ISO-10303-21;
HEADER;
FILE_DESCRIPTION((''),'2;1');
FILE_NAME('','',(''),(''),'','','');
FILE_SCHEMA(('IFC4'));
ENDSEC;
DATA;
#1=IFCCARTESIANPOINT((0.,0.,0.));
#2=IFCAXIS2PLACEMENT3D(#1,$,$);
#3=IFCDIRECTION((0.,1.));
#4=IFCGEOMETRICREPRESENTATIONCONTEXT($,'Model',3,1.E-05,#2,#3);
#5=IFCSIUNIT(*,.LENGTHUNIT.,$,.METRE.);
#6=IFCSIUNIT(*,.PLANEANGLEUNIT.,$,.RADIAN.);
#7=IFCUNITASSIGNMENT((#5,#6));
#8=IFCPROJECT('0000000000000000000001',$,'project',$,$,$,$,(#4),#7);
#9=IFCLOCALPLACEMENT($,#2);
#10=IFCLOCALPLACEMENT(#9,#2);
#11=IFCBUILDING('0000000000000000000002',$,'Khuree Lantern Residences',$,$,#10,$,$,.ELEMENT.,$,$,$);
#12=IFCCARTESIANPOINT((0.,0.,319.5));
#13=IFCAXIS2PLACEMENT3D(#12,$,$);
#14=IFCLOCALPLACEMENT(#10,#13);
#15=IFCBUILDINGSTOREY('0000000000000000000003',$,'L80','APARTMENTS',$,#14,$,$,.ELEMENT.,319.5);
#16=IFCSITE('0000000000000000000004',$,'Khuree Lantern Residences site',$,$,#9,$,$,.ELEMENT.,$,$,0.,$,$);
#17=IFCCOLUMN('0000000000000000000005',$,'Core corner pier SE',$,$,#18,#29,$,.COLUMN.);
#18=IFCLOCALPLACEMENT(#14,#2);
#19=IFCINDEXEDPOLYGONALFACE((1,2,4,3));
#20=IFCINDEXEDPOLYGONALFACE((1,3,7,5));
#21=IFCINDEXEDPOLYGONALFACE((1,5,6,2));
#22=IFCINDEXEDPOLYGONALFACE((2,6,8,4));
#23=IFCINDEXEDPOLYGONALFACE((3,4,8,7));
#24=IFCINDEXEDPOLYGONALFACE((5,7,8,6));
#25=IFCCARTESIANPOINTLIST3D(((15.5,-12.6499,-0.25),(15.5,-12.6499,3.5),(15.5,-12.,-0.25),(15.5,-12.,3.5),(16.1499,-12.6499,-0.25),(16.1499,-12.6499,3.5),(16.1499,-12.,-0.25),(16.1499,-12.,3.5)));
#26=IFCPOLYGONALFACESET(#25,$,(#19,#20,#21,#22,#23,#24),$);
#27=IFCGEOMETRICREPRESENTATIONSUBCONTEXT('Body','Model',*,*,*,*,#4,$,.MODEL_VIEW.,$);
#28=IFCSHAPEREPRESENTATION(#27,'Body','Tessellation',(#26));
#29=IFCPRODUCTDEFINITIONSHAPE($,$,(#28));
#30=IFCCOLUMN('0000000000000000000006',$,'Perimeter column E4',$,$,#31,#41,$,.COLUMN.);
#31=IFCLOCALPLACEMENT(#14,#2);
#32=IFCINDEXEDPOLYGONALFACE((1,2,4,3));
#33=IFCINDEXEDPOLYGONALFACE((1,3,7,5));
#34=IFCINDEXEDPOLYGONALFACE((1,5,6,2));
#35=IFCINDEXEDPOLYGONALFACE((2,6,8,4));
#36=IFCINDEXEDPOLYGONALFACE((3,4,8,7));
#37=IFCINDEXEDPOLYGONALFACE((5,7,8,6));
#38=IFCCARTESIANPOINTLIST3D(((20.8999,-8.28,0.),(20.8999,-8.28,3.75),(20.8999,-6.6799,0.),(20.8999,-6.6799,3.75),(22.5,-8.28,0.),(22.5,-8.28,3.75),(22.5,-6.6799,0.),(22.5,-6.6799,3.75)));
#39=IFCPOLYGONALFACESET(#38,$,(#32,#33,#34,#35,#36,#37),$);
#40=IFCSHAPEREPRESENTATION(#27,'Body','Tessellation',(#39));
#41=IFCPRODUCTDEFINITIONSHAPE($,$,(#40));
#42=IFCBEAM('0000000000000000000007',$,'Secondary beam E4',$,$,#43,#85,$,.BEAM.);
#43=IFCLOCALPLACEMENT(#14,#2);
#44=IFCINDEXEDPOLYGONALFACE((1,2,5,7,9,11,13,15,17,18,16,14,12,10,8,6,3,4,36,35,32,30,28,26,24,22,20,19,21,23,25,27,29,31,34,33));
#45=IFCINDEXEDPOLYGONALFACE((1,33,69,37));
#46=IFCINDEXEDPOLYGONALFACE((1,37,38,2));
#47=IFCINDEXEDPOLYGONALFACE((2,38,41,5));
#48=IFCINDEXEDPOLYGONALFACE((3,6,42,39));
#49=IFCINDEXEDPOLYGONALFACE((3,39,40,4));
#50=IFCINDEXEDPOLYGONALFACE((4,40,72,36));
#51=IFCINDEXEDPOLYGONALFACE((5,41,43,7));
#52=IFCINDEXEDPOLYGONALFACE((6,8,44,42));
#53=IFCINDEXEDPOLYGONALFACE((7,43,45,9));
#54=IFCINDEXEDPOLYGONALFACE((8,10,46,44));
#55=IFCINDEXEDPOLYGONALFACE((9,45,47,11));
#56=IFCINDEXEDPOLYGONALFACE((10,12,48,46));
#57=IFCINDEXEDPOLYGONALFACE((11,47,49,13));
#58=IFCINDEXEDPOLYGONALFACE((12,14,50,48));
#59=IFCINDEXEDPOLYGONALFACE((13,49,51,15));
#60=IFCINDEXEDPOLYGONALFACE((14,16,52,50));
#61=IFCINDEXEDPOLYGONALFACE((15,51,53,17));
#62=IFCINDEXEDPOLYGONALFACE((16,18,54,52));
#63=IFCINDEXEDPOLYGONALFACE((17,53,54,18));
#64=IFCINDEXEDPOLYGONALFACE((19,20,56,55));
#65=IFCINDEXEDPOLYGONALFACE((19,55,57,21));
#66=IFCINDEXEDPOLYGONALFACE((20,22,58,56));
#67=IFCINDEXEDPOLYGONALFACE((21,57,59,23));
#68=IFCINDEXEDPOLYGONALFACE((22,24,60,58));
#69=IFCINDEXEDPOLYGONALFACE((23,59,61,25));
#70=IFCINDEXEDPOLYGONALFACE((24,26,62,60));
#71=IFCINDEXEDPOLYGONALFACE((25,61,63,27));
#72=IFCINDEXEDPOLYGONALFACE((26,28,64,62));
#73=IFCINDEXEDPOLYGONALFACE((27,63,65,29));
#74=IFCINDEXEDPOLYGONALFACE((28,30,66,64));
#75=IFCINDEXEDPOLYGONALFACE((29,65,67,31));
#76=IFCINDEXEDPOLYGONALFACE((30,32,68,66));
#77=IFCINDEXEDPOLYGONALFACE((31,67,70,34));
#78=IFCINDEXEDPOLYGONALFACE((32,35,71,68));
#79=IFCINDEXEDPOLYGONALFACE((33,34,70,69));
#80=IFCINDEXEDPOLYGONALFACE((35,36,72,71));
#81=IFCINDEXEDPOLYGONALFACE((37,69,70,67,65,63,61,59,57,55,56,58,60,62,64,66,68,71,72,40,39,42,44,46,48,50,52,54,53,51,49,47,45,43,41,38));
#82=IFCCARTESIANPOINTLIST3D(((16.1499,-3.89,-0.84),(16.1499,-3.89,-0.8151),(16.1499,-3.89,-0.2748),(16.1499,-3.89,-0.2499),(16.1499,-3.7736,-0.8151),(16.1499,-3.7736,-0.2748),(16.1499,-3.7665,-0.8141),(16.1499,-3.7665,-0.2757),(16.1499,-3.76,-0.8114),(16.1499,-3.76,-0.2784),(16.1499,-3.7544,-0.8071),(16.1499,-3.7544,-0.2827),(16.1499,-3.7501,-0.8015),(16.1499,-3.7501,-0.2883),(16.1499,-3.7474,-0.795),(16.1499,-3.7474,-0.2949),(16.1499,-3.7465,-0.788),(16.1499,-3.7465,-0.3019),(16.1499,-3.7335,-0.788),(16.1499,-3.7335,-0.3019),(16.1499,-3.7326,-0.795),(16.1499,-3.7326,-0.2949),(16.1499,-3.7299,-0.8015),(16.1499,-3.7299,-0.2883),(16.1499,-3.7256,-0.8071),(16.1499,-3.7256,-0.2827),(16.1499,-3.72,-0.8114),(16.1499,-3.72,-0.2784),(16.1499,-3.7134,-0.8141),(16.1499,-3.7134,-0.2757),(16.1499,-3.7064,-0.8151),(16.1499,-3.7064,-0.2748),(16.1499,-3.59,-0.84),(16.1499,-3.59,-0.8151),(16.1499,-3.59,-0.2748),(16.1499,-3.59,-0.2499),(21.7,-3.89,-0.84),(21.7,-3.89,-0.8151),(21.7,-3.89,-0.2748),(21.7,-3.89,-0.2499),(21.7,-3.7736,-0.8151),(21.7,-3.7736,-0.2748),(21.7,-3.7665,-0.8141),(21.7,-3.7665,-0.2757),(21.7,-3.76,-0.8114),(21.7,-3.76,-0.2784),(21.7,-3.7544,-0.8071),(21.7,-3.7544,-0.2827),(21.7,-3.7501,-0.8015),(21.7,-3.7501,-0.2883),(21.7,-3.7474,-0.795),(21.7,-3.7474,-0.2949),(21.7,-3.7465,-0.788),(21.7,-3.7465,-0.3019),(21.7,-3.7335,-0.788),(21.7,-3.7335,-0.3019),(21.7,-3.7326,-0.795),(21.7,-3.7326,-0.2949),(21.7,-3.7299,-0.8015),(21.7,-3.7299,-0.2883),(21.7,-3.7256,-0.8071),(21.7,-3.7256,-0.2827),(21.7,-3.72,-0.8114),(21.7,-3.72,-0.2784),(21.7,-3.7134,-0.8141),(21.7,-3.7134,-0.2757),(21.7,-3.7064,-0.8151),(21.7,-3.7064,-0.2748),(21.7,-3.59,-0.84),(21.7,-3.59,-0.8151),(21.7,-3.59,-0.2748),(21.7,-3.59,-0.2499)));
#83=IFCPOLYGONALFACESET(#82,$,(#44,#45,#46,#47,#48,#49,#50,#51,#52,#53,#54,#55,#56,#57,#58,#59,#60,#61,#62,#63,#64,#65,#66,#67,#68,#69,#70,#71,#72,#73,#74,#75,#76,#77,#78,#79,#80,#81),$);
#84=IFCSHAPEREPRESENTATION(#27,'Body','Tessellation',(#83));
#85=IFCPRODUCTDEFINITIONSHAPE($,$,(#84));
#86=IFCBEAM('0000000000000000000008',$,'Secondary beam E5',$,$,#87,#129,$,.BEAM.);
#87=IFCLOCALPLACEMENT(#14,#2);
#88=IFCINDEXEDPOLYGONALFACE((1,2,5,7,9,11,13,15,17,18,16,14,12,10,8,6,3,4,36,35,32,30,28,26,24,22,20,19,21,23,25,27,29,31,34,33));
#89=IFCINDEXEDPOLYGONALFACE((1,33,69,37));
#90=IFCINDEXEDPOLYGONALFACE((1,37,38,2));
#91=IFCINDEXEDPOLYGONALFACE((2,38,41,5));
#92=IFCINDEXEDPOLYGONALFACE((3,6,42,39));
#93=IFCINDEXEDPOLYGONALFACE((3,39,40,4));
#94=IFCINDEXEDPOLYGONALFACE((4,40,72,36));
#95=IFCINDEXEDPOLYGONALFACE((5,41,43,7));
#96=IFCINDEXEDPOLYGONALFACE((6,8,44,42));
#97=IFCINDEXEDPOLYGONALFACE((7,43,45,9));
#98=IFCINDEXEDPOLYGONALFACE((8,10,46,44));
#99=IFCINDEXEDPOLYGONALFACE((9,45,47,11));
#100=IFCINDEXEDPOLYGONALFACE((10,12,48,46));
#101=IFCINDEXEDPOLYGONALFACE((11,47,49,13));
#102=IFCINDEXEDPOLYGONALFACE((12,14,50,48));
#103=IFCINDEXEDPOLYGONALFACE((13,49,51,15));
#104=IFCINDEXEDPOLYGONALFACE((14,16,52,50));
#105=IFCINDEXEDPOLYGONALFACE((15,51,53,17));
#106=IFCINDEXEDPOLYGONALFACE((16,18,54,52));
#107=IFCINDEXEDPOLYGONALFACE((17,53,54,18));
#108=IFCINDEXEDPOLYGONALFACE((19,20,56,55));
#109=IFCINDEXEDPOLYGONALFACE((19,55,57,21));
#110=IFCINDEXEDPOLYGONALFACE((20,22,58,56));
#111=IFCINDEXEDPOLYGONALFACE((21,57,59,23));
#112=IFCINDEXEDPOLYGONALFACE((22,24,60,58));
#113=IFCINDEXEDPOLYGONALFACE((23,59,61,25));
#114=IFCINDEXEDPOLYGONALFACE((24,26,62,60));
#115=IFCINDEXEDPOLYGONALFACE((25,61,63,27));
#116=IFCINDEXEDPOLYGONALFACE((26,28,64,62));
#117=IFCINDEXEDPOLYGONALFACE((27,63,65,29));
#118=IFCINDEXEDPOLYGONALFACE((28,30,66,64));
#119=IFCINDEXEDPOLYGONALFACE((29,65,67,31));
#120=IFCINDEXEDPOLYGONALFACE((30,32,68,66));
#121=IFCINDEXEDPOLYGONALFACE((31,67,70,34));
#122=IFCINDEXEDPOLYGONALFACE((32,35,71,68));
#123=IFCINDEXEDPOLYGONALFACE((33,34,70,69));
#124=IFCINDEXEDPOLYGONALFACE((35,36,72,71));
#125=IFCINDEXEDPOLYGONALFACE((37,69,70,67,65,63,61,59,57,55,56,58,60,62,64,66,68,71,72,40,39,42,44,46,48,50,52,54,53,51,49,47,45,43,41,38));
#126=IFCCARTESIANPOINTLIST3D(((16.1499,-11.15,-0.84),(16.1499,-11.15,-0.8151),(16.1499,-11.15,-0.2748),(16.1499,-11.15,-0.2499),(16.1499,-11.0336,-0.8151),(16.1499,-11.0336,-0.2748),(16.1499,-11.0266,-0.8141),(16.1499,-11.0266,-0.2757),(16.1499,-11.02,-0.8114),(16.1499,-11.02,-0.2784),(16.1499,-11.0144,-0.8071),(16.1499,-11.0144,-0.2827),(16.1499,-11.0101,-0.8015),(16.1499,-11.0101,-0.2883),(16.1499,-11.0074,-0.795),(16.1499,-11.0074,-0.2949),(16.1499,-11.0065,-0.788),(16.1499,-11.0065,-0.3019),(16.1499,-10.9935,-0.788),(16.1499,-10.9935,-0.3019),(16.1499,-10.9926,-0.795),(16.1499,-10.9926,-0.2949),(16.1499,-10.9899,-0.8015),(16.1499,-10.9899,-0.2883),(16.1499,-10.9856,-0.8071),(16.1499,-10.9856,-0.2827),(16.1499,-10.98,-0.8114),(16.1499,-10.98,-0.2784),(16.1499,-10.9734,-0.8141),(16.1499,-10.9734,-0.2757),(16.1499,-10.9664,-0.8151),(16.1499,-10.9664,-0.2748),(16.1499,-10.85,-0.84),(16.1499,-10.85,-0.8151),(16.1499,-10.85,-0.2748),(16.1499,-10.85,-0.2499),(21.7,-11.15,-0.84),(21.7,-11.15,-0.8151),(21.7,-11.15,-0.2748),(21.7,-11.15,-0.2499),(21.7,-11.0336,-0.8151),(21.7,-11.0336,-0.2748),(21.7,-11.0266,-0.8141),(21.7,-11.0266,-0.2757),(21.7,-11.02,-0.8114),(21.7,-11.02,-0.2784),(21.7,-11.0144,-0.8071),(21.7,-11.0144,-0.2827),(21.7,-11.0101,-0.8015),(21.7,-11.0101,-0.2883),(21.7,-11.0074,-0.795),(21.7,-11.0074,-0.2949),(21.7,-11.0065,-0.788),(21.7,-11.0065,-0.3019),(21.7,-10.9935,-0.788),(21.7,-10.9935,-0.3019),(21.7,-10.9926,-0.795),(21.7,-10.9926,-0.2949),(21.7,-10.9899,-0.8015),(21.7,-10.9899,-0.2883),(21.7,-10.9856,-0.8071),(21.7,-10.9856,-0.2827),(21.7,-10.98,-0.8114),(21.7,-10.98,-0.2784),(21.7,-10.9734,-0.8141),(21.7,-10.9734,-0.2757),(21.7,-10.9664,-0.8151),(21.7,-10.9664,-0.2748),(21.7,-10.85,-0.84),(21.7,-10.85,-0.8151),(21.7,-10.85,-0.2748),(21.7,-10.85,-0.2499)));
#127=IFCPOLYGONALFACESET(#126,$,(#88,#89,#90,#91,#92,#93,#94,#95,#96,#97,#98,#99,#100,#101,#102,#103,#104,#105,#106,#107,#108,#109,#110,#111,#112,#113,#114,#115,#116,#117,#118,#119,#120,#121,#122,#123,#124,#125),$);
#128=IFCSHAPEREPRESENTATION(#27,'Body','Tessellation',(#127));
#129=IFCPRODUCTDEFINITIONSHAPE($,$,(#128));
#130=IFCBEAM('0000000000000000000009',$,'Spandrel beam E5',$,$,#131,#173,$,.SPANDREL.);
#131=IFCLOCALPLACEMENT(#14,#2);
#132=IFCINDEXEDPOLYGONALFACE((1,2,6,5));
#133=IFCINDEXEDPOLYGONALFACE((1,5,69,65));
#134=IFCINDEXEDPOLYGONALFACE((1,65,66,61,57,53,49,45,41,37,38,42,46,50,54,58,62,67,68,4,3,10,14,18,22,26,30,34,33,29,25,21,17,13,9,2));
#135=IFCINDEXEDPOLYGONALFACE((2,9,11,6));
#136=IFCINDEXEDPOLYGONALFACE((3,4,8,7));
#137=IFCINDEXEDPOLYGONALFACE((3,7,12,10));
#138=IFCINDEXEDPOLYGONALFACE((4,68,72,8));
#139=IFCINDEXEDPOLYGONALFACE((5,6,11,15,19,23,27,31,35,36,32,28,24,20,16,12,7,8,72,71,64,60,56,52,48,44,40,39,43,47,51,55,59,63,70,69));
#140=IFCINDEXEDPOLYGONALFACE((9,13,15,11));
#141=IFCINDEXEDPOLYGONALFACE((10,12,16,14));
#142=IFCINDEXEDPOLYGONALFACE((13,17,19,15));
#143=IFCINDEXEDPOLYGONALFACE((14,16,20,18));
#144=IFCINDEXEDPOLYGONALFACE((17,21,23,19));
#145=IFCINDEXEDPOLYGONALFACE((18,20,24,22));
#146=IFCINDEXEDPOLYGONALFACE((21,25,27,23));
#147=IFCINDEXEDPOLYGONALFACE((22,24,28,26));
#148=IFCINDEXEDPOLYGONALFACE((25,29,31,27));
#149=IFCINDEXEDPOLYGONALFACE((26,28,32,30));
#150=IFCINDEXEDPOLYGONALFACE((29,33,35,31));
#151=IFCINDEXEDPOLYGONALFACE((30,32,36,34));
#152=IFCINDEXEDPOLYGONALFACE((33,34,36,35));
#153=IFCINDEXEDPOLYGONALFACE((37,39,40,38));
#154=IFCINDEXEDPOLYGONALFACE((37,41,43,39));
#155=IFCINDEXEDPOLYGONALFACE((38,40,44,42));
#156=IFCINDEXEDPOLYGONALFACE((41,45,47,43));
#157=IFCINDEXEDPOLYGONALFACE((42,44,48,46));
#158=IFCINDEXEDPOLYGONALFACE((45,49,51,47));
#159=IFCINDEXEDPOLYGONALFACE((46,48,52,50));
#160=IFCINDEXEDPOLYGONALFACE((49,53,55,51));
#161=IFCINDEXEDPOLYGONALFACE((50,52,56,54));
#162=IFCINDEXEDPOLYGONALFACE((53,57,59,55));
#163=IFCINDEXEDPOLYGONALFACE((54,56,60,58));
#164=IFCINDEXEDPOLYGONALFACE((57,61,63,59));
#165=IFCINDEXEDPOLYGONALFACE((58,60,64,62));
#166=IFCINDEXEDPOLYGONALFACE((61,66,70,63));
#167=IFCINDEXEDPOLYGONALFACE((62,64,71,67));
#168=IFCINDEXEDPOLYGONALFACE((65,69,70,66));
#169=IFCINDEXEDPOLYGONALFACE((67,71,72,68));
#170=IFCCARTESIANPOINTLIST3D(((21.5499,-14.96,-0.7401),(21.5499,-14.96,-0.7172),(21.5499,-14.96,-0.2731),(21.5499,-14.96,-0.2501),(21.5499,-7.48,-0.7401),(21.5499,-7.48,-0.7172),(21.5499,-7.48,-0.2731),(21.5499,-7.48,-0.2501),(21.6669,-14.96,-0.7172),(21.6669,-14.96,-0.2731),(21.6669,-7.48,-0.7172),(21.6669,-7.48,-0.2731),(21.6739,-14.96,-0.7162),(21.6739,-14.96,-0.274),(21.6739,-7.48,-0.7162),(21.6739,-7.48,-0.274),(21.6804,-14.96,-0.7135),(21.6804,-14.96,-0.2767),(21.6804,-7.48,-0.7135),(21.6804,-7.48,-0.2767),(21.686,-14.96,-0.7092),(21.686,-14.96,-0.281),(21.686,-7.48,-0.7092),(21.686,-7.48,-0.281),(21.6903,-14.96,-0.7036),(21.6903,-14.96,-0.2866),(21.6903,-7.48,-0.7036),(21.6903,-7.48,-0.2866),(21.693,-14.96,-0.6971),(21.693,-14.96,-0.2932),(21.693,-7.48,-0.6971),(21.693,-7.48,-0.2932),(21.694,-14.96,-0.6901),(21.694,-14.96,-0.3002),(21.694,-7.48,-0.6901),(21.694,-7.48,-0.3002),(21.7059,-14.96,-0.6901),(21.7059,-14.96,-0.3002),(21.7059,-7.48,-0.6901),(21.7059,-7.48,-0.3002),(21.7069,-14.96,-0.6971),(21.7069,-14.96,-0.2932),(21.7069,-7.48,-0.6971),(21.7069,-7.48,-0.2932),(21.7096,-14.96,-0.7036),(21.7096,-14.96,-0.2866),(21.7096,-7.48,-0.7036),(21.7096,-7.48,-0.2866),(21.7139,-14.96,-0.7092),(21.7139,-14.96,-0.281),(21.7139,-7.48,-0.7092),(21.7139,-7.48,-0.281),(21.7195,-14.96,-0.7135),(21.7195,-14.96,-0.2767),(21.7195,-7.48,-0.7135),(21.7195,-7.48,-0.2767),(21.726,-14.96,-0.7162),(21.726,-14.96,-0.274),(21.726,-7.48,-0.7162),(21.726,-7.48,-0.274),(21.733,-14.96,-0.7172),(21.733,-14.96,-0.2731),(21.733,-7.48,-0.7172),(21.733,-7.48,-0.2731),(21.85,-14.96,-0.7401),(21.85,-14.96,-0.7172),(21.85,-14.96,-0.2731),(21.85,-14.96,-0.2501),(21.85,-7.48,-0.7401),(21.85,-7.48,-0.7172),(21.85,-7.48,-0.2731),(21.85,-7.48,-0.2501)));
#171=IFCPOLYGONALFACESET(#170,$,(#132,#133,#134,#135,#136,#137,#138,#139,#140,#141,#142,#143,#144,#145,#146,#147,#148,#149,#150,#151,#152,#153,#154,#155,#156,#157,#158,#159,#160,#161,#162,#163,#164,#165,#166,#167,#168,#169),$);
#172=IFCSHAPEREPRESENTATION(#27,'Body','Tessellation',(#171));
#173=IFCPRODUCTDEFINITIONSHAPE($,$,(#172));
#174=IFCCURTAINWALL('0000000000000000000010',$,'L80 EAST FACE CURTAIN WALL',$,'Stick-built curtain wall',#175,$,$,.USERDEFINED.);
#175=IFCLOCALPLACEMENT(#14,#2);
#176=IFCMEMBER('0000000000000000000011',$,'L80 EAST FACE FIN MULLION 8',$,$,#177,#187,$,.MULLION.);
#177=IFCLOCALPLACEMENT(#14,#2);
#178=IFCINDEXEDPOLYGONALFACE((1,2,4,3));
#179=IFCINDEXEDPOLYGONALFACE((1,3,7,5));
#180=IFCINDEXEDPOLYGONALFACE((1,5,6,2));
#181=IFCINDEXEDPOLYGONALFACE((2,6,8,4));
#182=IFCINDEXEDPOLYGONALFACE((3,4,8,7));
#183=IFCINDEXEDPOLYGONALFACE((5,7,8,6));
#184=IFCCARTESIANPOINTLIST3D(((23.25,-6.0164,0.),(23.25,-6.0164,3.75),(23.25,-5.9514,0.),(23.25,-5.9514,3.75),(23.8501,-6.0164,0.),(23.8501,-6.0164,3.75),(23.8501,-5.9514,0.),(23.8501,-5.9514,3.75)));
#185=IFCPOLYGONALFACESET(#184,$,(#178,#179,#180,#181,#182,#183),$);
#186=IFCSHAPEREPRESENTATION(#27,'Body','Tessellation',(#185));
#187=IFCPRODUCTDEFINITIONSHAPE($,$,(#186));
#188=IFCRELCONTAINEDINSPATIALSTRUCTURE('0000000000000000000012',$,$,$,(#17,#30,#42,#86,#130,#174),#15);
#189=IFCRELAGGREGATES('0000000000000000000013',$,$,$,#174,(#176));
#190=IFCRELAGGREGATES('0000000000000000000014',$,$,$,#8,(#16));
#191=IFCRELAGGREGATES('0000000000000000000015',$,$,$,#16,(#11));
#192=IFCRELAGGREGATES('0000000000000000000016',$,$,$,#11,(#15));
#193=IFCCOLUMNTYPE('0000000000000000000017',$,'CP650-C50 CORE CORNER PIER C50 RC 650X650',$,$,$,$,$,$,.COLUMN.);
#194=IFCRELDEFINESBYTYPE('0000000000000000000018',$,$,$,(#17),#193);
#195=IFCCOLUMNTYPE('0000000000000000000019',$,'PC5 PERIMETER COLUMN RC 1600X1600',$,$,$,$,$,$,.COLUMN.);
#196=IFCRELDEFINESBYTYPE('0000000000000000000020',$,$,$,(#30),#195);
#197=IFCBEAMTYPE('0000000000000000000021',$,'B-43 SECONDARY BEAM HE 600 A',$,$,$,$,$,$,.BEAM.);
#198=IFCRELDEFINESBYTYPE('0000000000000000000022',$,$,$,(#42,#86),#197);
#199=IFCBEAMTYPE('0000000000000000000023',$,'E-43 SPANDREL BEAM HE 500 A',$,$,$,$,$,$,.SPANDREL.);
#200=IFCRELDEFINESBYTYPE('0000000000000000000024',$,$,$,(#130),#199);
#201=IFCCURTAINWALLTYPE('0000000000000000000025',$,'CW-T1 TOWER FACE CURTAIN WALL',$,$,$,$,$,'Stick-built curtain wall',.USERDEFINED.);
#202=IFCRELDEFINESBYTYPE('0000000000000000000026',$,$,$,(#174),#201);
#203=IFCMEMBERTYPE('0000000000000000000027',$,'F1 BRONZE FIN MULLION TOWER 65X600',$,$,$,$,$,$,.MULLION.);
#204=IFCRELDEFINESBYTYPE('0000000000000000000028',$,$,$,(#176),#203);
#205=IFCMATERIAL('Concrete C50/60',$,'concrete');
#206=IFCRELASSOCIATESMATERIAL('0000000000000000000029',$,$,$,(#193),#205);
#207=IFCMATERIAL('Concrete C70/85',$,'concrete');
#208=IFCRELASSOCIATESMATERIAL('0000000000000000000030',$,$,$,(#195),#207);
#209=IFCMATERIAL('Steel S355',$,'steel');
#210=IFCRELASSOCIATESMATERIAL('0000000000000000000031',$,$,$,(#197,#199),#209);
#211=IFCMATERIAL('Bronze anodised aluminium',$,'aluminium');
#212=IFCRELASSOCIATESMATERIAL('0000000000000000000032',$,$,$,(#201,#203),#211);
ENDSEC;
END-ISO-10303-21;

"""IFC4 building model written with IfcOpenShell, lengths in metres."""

from ifc_helpers import new_model, si_unit, direction, frame, origin, origin_2d, place, context, subcontext, project, spatial, rectangle, i_section, extrude, material, material_profile, profile_set, type_object, element, aggregate, save


model = new_model("IFC4")

# Units and contexts
model_context = context("Model", 3, precision=1e-05, world=origin(), true_north=direction((0.0, 1.0)))
body_context = subcontext(model_context, "Body", "Model", "MODEL_VIEW")
ifc_project = project(units=[si_unit("LENGTHUNIT", "METRE"), si_unit("PLANEANGLEUNIT", "RADIAN")], contexts=[model_context])

# Site, building, storey
site_placement = place(None, origin())
site = spatial("IfcSite", under=ifc_project, at=site_placement, Name="Khuree Lantern Residences site", CompositionType="ELEMENT", RefElevation=0.0)
building_placement = place(site_placement, origin())
building = spatial("IfcBuilding", under=site, at=building_placement, Name="Khuree Lantern Residences", CompositionType="ELEMENT")
storey_placement = place(building_placement, frame((0.0, 0.0, 319.5)))
storey = spatial("IfcBuildingStorey", under=building, at=storey_placement, Name="L80", Description="APARTMENTS", CompositionType="ELEMENT", Elevation=319.5)

# Columns
ifc_material_1 = material(Name="Concrete C50/60", Category="concrete")
ifc_material_profile_1 = material_profile(ifc_material_1, rectangle(XDim=0.6499, YDim=0.6499, at=origin_2d()), Name="RC 650X650")
ifc_profile_set_1 = profile_set([ifc_material_profile_1], Name="Concrete C50/60")
column_type_1 = type_object("IfcColumnType", Name="CP650-C50 CORE CORNER PIER C50 RC 650X650", PredefinedType="COLUMN", material=ifc_profile_set_1)
column_1_placement = place(storey_placement, frame((15.825, -12.325, -0.25), z_axis=(0.0, 0.0, 1.0), x_axis=(1.0, 0.0, 0.0)))
element("IfcColumn", 1, at=column_1_placement, inside=storey, type_object=column_type_1, Name="Core corner pier SE", PredefinedType="COLUMN", context=body_context, shape_type="SweptSolid", body=[
    extrude(rectangle(XDim=0.6499, YDim=0.6499, at=origin_2d()), origin(), (0.0, 0.0, 1.0), 3.75),
])
ifc_material_2 = material(Name="Concrete C70/85", Category="concrete")
ifc_material_profile_2 = material_profile(ifc_material_2, rectangle(XDim=1.6001, YDim=1.6001, at=origin_2d()), Name="RC 1600X1600")
ifc_profile_set_2 = profile_set([ifc_material_profile_2], Name="Concrete C70/85")
column_type_2 = type_object("IfcColumnType", Name="PC5 PERIMETER COLUMN RC 1600X1600", PredefinedType="COLUMN", material=ifc_profile_set_2)
column_2_placement = place(storey_placement, frame((21.7, -7.48, 0.0), z_axis=(0.0, 0.0, 1.0), x_axis=(0.0, 1.0, 0.0)))
element("IfcColumn", 2, at=column_2_placement, inside=storey, type_object=column_type_2, Name="Perimeter column E4", PredefinedType="COLUMN", context=body_context, shape_type="SweptSolid", body=[
    extrude(rectangle(XDim=1.6001, YDim=1.6001, at=origin_2d()), origin(), (0.0, 0.0, 1.0), 3.75),
])

# Beams
ifc_material_3 = material(Name="Steel S355", Category="steel")
ifc_material_profile_3 = material_profile(ifc_material_3, i_section(OverallWidth=0.3, OverallDepth=0.5901, WebThickness=0.0129, FlangeThickness=0.0249, FilletRadius=0.0271, at=origin_2d()), Name="HE 600 A")
ifc_profile_set_3 = profile_set([ifc_material_profile_3], Name="Steel S355")
beam_type_1 = type_object("IfcBeamType", Name="B-43 SECONDARY BEAM HE 600 A", PredefinedType="BEAM", material=ifc_profile_set_3)
for number, where, z_axis, x_axis, name in (
    (3, (21.7, -3.74, -0.5449), (-1.0, 0.0, 0.0), (0.0, -1.0, 0.0), "Secondary beam E4"),
    (4, (21.7, -11.0, -0.5449), (-1.0, 0.0, 0.0), (0.0, -1.0, 0.0), "Secondary beam E5"),
):
    element("IfcBeam", number, at=place(storey_placement, frame(where, z_axis=z_axis, x_axis=x_axis)), inside=storey, type_object=beam_type_1, Name=name, PredefinedType="BEAM", context=body_context, shape_type="SweptSolid", body=[
        extrude(i_section(OverallWidth=0.3, OverallDepth=0.5901, WebThickness=0.0129, FlangeThickness=0.0249, FilletRadius=0.0271, at=origin_2d()), origin(), (0.0, 0.0, 1.0), 5.55),
    ])
ifc_material_profile_4 = material_profile(ifc_material_3, i_section(OverallWidth=0.3, OverallDepth=0.49, WebThickness=0.012, FlangeThickness=0.0229, FilletRadius=0.0271, at=origin_2d()), Name="HE 500 A")
ifc_profile_set_4 = profile_set([ifc_material_profile_4], Name="Steel S355")
beam_type_2 = type_object("IfcBeamType", Name="E-43 SPANDREL BEAM HE 500 A", PredefinedType="SPANDREL", material=ifc_profile_set_4)
beam_1_placement = place(storey_placement, frame((21.7, -7.48, -0.4951), z_axis=(0.0, -1.0, 0.0), x_axis=(1.0, 0.0, 0.0)))
element("IfcBeam", 5, at=beam_1_placement, inside=storey, type_object=beam_type_2, Name="Spandrel beam E5", PredefinedType="SPANDREL", context=body_context, shape_type="SweptSolid", body=[
    extrude(i_section(OverallWidth=0.3, OverallDepth=0.49, WebThickness=0.012, FlangeThickness=0.0229, FilletRadius=0.0271, at=origin_2d()), origin(), (0.0, 0.0, 1.0), 7.48),
])

# Curtain wall, member
ifc_material_4 = material(Name="Bronze anodised aluminium", Category="aluminium")
curtain_wall_type = type_object("IfcCurtainWallType", Name="CW-T1 TOWER FACE CURTAIN WALL", ElementType="Stick-built curtain wall", PredefinedType="USERDEFINED", material=ifc_material_4)
curtain_wall_placement = place(storey_placement, origin())
curtain_wall = element("IfcCurtainWall", 6, at=curtain_wall_placement, inside=storey, type_object=curtain_wall_type, Name="L80 EAST FACE CURTAIN WALL", ObjectType="Stick-built curtain wall", PredefinedType="USERDEFINED")
ifc_material_profile_5 = material_profile(ifc_material_4, rectangle(XDim=0.0649, YDim=0.6001, at=origin_2d()), Name="F1 65X600")
ifc_profile_set_5 = profile_set([ifc_material_profile_5], Name="Bronze anodised aluminium")
member_type_1 = type_object("IfcMemberType", Name="F1 BRONZE FIN MULLION TOWER 65X600", PredefinedType="MULLION", material=ifc_profile_set_5)
member_1_placement = place(storey_placement, frame((23.55, -5.9839, 0.0), z_axis=(0.0, 0.0, 1.0), x_axis=(0.0, 1.0, 0.0)))
member_1 = element("IfcMember", 7, at=member_1_placement, type_object=member_type_1, Name="L80 EAST FACE FIN MULLION 8", PredefinedType="MULLION", context=body_context, shape_type="SweptSolid", body=[
    extrude(rectangle(XDim=0.0649, YDim=0.6001, at=origin_2d()), origin(), (0.0, 0.0, 1.0), 3.75),
])

aggregate(curtain_wall, [member_1])

save(model, "model.ifc")
